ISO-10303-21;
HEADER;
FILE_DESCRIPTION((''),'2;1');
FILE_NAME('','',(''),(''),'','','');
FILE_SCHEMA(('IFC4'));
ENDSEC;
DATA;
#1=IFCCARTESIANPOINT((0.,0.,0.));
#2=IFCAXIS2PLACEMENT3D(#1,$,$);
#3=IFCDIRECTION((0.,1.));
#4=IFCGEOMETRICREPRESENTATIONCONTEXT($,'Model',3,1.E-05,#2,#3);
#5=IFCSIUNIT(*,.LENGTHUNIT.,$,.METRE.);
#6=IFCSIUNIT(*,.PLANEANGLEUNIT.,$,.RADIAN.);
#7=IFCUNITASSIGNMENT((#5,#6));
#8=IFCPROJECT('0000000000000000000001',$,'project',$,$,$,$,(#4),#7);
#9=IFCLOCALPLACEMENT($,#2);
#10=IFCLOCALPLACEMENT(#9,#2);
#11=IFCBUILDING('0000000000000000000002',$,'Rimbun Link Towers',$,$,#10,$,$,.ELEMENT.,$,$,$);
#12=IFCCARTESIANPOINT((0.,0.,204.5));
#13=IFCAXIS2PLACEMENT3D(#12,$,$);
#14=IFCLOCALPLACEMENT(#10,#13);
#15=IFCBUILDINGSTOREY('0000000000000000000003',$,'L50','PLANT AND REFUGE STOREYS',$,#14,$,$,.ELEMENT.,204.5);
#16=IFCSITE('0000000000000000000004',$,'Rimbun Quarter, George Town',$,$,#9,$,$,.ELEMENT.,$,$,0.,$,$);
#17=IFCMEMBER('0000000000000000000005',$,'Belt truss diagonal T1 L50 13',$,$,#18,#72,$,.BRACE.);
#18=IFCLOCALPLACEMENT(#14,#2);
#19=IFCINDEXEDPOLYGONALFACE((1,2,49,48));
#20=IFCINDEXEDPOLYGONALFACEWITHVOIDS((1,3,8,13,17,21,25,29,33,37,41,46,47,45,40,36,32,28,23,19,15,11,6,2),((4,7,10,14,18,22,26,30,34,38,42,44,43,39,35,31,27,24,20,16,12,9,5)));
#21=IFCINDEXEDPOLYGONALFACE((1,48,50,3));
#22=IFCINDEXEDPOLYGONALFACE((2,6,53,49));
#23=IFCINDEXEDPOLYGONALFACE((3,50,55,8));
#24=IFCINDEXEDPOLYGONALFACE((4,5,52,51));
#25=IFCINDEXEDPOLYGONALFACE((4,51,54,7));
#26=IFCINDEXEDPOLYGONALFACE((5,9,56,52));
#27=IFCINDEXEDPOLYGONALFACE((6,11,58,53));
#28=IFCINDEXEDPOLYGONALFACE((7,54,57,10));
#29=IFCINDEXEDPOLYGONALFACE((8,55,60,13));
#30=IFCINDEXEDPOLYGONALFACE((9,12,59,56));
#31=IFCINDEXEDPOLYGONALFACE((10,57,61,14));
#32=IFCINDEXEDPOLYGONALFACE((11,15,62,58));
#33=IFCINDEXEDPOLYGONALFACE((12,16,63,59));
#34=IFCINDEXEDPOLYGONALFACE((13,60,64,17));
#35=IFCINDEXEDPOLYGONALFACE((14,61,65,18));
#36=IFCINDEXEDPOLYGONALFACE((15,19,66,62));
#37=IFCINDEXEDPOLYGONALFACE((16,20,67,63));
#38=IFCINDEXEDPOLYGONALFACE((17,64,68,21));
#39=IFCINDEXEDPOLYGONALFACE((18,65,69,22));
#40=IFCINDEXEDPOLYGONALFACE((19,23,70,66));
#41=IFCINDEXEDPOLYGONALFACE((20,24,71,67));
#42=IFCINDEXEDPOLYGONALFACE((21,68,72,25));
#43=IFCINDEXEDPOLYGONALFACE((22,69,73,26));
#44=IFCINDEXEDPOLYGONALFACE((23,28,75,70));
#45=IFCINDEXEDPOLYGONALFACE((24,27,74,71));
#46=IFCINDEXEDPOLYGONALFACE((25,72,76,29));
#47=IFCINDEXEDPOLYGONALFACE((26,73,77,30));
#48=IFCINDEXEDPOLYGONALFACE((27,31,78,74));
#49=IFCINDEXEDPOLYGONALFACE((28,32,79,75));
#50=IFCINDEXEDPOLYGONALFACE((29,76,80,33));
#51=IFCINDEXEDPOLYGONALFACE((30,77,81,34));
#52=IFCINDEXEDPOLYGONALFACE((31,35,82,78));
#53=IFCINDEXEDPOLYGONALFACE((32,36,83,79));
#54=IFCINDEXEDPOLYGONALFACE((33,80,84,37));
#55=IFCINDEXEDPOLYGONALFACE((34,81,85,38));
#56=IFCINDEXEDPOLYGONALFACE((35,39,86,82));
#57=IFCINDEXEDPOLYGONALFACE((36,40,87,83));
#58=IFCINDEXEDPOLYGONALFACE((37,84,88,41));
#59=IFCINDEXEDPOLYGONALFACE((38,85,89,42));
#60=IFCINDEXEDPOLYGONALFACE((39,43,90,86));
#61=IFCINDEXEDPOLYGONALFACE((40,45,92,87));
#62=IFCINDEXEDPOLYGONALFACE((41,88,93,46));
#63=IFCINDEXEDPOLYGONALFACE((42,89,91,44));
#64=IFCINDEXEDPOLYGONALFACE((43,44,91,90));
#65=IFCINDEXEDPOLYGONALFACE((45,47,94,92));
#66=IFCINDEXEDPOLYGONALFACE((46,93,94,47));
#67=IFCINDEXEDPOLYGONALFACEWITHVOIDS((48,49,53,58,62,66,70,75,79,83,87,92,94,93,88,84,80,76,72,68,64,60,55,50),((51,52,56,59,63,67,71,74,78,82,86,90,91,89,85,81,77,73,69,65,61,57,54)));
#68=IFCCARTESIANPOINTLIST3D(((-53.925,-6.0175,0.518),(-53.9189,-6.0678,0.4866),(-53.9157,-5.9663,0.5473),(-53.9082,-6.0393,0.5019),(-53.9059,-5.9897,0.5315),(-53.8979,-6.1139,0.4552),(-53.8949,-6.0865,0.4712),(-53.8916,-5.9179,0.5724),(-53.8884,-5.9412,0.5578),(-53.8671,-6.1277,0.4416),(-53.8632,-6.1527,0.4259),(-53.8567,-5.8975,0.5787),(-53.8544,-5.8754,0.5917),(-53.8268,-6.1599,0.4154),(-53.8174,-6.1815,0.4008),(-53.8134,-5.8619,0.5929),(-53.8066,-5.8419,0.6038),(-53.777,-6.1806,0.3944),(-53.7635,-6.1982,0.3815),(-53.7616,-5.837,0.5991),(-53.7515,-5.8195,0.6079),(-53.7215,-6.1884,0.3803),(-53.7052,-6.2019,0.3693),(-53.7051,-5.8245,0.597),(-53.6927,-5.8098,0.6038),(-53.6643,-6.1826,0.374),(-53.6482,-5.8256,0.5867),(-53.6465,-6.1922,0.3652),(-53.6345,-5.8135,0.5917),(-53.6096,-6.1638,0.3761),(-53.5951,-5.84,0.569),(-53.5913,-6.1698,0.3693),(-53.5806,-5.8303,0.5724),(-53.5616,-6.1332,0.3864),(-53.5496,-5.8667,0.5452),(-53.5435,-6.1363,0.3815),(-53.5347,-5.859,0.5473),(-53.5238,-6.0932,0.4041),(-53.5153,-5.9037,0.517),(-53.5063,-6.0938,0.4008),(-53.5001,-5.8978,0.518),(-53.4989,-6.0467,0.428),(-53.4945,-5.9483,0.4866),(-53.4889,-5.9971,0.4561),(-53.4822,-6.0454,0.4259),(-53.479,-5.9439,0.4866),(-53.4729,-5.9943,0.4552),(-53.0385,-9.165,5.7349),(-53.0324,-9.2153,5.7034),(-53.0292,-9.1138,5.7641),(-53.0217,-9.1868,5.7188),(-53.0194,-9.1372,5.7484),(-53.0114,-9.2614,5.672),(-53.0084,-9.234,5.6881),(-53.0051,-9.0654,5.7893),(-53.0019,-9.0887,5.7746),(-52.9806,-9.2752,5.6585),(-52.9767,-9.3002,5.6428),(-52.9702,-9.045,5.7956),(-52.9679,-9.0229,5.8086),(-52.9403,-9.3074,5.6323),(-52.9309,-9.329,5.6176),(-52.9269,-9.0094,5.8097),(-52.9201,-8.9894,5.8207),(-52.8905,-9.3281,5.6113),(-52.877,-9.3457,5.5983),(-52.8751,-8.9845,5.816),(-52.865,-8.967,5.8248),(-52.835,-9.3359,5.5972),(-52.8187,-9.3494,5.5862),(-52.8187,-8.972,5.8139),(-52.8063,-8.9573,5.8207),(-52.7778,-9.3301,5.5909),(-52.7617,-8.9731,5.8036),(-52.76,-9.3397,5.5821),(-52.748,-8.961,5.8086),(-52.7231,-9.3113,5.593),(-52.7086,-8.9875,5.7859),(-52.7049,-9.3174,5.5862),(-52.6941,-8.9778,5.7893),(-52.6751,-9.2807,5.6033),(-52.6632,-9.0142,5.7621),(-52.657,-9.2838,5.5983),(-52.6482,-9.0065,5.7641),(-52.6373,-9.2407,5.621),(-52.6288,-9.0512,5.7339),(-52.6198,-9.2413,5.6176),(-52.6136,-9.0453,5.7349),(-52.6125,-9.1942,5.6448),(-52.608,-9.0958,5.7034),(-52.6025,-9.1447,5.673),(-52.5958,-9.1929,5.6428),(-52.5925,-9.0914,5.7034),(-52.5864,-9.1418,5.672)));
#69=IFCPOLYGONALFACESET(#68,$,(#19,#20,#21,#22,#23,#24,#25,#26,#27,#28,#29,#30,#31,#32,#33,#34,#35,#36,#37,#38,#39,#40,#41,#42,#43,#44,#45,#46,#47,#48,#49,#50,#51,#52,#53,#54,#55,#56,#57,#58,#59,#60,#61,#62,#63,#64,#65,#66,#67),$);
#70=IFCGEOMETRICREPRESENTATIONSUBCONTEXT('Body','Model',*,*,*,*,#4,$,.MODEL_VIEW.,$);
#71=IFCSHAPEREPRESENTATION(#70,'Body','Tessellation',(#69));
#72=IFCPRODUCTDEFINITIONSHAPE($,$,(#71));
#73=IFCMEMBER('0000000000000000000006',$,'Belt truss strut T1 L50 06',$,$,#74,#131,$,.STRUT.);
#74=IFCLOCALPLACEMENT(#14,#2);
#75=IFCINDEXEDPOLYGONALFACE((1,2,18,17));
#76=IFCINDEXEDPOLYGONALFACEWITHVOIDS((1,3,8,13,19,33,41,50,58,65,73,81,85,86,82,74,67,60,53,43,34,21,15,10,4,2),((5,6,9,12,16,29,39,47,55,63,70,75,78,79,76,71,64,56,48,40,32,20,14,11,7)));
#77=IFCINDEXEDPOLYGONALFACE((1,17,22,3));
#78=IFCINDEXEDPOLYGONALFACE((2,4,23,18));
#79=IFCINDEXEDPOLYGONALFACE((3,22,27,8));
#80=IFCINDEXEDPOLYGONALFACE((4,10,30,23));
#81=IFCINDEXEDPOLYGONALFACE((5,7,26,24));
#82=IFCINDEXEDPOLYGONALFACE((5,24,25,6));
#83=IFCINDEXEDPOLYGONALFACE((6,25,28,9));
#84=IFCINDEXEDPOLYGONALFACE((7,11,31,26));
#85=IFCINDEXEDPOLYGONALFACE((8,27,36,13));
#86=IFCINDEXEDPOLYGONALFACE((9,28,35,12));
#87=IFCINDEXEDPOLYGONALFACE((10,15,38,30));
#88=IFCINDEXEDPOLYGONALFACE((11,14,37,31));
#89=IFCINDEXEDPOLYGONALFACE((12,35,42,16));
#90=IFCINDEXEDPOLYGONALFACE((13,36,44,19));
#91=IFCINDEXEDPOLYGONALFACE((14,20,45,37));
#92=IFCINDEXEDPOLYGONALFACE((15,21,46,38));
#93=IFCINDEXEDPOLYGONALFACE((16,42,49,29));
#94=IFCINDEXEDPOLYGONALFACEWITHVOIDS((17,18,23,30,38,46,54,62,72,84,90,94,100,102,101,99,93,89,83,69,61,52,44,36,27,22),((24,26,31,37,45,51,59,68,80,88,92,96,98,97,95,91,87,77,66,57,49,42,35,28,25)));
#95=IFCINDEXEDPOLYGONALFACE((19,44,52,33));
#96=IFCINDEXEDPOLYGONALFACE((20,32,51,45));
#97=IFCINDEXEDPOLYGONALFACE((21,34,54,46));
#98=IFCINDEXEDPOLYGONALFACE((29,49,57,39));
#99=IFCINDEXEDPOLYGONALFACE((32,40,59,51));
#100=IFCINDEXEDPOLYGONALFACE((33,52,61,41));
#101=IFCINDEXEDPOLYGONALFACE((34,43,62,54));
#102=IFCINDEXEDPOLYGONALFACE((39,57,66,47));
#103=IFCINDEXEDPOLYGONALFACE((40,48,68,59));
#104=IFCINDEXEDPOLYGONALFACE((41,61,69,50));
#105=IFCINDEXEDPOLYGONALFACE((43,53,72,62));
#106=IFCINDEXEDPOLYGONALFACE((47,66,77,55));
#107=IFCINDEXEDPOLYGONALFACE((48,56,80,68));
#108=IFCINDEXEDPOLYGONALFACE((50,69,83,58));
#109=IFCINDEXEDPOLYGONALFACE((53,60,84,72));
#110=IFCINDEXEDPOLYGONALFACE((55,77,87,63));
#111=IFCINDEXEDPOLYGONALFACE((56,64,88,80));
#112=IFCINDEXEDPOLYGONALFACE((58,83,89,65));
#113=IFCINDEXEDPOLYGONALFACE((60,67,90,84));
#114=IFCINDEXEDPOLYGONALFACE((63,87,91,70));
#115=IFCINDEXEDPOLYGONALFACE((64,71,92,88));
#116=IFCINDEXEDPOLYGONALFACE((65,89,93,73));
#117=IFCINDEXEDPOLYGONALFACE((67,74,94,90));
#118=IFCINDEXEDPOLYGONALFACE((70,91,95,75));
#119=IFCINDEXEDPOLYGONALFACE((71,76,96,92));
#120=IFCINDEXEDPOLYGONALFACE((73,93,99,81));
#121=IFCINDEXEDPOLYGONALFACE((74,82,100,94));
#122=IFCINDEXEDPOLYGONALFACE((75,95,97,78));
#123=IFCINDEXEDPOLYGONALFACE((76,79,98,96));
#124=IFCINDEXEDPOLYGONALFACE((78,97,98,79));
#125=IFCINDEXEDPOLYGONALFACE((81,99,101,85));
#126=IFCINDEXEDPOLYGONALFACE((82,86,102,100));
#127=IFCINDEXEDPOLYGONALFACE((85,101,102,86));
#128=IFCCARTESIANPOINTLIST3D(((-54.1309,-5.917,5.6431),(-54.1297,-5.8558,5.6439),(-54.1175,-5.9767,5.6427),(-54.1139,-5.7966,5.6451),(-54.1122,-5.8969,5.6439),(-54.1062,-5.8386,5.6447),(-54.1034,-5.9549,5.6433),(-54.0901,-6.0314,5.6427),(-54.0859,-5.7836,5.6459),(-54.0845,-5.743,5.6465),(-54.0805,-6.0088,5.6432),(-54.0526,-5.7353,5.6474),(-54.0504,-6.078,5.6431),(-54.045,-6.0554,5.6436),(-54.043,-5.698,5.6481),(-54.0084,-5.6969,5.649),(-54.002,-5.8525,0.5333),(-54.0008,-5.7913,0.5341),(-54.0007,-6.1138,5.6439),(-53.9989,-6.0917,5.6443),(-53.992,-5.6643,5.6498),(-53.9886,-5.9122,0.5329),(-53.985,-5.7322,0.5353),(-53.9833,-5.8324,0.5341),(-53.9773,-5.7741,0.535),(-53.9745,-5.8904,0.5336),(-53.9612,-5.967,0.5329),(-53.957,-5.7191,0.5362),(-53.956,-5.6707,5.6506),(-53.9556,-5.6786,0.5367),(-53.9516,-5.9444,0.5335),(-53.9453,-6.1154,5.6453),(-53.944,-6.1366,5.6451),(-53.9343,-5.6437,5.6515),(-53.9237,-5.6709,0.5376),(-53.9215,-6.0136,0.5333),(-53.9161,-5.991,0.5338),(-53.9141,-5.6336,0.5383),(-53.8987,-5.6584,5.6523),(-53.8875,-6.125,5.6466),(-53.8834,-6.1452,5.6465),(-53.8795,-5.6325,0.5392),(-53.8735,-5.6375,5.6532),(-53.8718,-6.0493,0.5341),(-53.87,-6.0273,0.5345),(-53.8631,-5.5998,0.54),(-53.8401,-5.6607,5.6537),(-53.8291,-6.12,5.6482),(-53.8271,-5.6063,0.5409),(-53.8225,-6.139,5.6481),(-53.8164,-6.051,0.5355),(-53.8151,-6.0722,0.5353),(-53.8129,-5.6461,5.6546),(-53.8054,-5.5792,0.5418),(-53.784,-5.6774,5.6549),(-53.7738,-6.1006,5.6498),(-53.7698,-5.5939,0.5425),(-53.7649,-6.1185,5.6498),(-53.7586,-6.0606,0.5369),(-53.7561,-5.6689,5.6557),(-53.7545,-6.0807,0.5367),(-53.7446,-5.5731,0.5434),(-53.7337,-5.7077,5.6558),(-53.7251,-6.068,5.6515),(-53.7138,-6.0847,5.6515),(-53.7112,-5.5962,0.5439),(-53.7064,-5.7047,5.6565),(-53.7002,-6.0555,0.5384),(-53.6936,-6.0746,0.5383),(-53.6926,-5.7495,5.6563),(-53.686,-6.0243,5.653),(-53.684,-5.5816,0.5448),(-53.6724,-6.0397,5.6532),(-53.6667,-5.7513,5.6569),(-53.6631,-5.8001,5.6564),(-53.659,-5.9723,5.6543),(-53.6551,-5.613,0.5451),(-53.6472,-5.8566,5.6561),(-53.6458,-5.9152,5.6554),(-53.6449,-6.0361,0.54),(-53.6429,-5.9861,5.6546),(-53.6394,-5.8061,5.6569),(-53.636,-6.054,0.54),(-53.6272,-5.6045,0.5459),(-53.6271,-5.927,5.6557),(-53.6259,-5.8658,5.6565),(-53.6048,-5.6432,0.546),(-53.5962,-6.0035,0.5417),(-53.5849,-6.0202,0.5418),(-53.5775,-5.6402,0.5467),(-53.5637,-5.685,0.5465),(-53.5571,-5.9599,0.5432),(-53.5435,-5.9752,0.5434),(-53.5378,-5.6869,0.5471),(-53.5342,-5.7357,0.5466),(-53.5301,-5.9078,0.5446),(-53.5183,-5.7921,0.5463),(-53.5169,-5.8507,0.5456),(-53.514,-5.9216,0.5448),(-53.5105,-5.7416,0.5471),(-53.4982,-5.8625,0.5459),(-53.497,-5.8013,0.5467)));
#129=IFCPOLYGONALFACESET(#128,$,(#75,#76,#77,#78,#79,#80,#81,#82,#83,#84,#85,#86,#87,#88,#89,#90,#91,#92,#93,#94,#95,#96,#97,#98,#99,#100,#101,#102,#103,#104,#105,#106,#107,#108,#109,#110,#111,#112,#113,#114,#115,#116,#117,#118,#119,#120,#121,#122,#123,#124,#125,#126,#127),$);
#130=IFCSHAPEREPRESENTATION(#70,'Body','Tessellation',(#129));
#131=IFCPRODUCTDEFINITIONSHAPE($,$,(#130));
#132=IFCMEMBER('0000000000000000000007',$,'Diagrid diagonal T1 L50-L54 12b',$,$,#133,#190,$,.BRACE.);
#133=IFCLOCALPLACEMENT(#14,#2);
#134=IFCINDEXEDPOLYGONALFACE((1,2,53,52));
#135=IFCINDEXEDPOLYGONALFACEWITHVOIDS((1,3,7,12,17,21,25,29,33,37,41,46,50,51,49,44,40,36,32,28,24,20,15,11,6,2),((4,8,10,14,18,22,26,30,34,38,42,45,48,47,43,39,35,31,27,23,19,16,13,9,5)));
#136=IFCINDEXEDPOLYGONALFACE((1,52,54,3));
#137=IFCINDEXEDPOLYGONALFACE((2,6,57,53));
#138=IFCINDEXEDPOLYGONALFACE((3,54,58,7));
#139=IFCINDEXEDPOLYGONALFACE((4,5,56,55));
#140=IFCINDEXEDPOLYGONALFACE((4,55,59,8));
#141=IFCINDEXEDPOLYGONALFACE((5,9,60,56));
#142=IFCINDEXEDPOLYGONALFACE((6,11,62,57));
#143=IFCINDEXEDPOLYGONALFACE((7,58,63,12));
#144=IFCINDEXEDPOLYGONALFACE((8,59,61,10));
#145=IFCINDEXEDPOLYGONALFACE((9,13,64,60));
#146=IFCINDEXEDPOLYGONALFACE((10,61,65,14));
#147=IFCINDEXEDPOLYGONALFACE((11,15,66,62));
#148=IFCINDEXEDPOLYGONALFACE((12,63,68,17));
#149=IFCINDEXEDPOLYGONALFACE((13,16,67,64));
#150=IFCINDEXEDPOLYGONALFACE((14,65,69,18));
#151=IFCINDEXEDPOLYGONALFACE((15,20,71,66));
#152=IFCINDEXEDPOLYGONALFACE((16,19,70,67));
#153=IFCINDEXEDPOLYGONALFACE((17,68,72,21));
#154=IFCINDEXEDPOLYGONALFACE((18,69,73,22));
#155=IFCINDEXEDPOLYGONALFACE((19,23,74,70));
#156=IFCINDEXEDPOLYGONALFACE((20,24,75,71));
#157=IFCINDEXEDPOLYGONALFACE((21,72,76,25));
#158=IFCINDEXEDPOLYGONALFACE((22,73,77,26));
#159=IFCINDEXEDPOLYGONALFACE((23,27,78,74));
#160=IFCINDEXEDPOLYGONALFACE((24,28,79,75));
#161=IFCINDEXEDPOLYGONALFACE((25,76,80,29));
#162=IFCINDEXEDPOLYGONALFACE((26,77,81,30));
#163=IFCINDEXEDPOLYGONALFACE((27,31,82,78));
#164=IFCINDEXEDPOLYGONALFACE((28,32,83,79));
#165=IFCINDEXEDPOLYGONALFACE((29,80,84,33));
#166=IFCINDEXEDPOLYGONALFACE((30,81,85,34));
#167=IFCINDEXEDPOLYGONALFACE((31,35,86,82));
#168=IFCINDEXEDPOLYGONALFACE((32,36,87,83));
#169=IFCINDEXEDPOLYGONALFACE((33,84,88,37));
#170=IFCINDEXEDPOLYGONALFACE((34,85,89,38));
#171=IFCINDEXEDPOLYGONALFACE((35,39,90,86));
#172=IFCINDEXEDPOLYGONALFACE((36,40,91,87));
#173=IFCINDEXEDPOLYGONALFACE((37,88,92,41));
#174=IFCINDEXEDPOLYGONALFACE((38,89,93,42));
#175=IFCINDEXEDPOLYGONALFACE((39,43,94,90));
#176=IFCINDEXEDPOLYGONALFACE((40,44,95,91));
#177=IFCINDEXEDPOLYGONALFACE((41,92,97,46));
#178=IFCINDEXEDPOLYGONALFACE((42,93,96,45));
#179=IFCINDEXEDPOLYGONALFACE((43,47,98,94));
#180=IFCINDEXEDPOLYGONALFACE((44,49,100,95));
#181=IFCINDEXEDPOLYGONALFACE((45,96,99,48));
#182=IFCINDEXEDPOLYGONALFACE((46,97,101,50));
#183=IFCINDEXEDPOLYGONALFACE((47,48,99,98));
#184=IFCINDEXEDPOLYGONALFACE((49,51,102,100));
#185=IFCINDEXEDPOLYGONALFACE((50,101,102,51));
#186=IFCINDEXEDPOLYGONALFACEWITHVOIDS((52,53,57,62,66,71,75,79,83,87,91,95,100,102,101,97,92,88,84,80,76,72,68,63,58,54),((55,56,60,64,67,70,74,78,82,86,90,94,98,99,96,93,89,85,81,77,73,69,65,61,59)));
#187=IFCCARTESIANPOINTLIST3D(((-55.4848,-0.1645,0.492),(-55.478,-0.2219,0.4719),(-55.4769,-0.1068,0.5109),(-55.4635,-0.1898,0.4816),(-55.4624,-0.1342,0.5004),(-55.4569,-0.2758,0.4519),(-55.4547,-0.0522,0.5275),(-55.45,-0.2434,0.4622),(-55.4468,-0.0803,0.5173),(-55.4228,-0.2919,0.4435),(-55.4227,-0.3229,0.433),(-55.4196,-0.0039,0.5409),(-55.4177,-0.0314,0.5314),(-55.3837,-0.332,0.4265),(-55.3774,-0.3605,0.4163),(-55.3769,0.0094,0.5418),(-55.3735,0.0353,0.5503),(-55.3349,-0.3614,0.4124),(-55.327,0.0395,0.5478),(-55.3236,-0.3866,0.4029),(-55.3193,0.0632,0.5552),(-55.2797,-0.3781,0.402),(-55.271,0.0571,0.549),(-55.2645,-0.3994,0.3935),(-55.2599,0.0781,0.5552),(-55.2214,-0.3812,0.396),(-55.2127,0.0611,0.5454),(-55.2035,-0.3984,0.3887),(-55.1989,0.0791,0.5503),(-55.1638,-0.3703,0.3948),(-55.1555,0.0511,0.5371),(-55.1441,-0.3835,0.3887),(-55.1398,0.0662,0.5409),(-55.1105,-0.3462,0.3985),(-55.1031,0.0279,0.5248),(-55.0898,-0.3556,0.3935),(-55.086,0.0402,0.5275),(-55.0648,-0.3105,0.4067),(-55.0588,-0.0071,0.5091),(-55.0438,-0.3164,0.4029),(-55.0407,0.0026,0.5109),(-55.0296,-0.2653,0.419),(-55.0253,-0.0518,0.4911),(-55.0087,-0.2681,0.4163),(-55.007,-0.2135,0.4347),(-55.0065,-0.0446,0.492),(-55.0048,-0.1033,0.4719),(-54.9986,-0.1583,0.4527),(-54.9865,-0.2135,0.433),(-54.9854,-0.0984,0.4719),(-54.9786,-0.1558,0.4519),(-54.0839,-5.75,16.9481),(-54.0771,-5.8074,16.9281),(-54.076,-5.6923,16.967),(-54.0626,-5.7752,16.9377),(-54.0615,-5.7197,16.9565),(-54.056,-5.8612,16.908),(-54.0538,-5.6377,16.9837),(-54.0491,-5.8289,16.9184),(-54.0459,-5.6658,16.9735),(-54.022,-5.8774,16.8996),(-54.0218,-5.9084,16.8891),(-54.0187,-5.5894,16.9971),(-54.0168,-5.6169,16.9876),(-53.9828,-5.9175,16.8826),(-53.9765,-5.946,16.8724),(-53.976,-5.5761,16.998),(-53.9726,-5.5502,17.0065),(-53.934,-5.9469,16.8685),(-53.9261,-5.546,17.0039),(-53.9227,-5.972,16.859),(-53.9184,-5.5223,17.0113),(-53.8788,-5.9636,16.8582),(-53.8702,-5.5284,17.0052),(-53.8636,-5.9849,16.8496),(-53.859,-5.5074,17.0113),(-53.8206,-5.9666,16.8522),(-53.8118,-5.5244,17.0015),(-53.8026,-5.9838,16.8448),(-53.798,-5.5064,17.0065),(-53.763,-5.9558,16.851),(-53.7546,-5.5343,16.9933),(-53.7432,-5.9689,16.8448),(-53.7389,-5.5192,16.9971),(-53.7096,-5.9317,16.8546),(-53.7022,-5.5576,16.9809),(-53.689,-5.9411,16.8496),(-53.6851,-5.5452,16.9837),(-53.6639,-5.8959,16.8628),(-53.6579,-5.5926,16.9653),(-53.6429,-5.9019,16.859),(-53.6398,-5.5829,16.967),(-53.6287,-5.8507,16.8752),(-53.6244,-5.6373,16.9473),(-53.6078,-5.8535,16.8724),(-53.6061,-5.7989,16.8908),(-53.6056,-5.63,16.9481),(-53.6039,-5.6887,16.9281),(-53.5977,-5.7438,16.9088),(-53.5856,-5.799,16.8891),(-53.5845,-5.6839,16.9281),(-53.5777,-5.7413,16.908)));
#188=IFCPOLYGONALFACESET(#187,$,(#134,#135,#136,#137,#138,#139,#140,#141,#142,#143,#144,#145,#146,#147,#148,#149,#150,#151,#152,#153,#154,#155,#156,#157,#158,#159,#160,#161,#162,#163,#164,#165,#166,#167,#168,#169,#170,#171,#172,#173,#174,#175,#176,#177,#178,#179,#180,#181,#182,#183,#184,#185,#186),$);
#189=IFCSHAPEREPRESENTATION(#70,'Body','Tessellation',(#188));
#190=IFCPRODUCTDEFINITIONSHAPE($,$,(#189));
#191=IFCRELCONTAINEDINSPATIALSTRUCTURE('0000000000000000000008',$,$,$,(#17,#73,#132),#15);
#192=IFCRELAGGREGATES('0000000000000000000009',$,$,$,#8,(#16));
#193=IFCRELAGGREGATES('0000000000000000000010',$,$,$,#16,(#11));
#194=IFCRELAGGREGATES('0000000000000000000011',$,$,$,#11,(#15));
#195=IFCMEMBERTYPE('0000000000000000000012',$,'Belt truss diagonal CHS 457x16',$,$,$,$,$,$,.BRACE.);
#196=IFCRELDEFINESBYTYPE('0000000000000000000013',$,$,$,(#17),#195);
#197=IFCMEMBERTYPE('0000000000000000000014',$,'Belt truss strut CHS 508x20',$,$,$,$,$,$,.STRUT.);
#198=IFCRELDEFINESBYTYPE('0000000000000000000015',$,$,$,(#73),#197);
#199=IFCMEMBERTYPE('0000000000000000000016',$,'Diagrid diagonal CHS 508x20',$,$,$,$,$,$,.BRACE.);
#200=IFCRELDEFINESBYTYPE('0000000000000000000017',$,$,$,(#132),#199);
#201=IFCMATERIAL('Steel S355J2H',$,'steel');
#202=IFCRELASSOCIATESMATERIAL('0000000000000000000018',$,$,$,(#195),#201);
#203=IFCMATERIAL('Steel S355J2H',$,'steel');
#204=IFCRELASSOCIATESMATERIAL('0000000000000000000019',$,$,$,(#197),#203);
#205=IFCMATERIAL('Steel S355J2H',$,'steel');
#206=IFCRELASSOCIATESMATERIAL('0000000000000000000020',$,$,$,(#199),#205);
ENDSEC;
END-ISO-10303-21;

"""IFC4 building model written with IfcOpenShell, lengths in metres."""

from ifc_helpers import new_model, si_unit, direction, frame, origin, origin_2d, place, context, subcontext, project, spatial, hollow_circle, extrude, material, material_profile, profile_set, type_object, element, save


model = new_model("IFC4")

# Units and contexts
model_context = context("Model", 3, precision=1e-05, world=origin(), true_north=direction((0.0, 1.0)))
body_context = subcontext(model_context, "Body", "Model", "MODEL_VIEW")
ifc_project = project(units=[si_unit("LENGTHUNIT", "METRE"), si_unit("PLANEANGLEUNIT", "RADIAN")], contexts=[model_context])

# Site, building, storey
site_placement = place(None, origin())
site = spatial("IfcSite", under=ifc_project, at=site_placement, Name="Rimbun Quarter, George Town", CompositionType="ELEMENT", RefElevation=0.0)
building_placement = place(site_placement, origin())
building = spatial("IfcBuilding", under=site, at=building_placement, Name="Rimbun Link Towers", CompositionType="ELEMENT")
storey_placement = place(building_placement, frame((0.0, 0.0, 204.5)))
storey = spatial("IfcBuildingStorey", under=building, at=storey_placement, Name="L50", Description="PLANT AND REFUGE STOREYS", CompositionType="ELEMENT", Elevation=204.5)

# Members
ifc_material_1 = material(Name="Steel S355J2H", Category="steel")
ifc_material_profile_1 = material_profile(ifc_material_1, hollow_circle(Radius=0.2285, WallThickness=0.0161, at=origin_2d()), Name="Belt truss diagonal CHS 457x16")
ifc_profile_set_1 = profile_set([ifc_material_profile_1], Name="Steel S355J2H")
member_type_1 = type_object("IfcMemberType", Name="Belt truss diagonal CHS 457x16", PredefinedType="BRACE", material=ifc_profile_set_1)
member_1_placement = place(storey_placement, frame((-53.699, -6.0059, 0.4866), z_axis=(0.143981, -0.511209, 0.84731), x_axis=(0.962551, 0.2711, 0.0)))
element("IfcMember", 1, at=member_1_placement, inside=storey, type_object=member_type_1, Name="Belt truss diagonal T1 L50 13", PredefinedType="BRACE", context=body_context, shape_type="SweptSolid", body=[
    extrude(hollow_circle(Radius=0.2285, WallThickness=0.0161, at=origin_2d()), origin(), (0.0, 0.0, 1.0), 6.157),
])
ifc_material_2 = material(Name="Steel S355J2H", Category="steel")
ifc_material_profile_2 = material_profile(ifc_material_2, hollow_circle(Radius=0.2539, WallThickness=0.02, at=origin_2d()), Name="Belt truss strut CHS 508x20")
ifc_profile_set_2 = profile_set([ifc_material_profile_2], Name="Steel S355J2H")
member_type_2 = type_object("IfcMemberType", Name="Belt truss strut CHS 508x20", PredefinedType="STRUT", material=ifc_profile_set_2)
member_2_placement = place(storey_placement, frame((-53.7495, -5.8269, 0.54), z_axis=(-0.025217, -0.012608, 0.999602), x_axis=(0.447214, -0.894427, 0.0)))
element("IfcMember", 2, at=member_2_placement, inside=storey, type_object=member_type_2, Name="Belt truss strut T1 L50 06", PredefinedType="STRUT", context=body_context, shape_type="SweptSolid", body=[
    extrude(hollow_circle(Radius=0.2539, WallThickness=0.02, at=origin_2d()), origin(), (0.0, 0.0, 1.0), 5.1118),
])
ifc_material_3 = material(Name="Steel S355J2H", Category="steel")
ifc_material_profile_3 = material_profile(ifc_material_3, hollow_circle(Radius=0.2539, WallThickness=0.02, at=origin_2d()), Name="Diagrid diagonal CHS 508x20")
ifc_profile_set_3 = profile_set([ifc_material_profile_3], Name="Steel S355J2H")
member_type_3 = type_object("IfcMemberType", Name="Diagrid diagonal CHS 508x20", PredefinedType="BRACE", material=ifc_profile_set_3)
member_3_placement = place(storey_placement, frame((-55.2317, -0.1602, 0.4719), z_axis=(0.080351, -0.320368, 0.943879), x_axis=(0.969958, 0.243274, 0.0)))
element("IfcMember", 3, at=member_3_placement, inside=storey, type_object=member_type_3, Name="Diagrid diagonal T1 L50-L54 12b", PredefinedType="BRACE", context=body_context, shape_type="SweptSolid", body=[
    extrude(hollow_circle(Radius=0.2539, WallThickness=0.02, at=origin_2d()), origin(), (0.0, 0.0, 1.0), 17.4346),
])

save(model, "model.ifc")
